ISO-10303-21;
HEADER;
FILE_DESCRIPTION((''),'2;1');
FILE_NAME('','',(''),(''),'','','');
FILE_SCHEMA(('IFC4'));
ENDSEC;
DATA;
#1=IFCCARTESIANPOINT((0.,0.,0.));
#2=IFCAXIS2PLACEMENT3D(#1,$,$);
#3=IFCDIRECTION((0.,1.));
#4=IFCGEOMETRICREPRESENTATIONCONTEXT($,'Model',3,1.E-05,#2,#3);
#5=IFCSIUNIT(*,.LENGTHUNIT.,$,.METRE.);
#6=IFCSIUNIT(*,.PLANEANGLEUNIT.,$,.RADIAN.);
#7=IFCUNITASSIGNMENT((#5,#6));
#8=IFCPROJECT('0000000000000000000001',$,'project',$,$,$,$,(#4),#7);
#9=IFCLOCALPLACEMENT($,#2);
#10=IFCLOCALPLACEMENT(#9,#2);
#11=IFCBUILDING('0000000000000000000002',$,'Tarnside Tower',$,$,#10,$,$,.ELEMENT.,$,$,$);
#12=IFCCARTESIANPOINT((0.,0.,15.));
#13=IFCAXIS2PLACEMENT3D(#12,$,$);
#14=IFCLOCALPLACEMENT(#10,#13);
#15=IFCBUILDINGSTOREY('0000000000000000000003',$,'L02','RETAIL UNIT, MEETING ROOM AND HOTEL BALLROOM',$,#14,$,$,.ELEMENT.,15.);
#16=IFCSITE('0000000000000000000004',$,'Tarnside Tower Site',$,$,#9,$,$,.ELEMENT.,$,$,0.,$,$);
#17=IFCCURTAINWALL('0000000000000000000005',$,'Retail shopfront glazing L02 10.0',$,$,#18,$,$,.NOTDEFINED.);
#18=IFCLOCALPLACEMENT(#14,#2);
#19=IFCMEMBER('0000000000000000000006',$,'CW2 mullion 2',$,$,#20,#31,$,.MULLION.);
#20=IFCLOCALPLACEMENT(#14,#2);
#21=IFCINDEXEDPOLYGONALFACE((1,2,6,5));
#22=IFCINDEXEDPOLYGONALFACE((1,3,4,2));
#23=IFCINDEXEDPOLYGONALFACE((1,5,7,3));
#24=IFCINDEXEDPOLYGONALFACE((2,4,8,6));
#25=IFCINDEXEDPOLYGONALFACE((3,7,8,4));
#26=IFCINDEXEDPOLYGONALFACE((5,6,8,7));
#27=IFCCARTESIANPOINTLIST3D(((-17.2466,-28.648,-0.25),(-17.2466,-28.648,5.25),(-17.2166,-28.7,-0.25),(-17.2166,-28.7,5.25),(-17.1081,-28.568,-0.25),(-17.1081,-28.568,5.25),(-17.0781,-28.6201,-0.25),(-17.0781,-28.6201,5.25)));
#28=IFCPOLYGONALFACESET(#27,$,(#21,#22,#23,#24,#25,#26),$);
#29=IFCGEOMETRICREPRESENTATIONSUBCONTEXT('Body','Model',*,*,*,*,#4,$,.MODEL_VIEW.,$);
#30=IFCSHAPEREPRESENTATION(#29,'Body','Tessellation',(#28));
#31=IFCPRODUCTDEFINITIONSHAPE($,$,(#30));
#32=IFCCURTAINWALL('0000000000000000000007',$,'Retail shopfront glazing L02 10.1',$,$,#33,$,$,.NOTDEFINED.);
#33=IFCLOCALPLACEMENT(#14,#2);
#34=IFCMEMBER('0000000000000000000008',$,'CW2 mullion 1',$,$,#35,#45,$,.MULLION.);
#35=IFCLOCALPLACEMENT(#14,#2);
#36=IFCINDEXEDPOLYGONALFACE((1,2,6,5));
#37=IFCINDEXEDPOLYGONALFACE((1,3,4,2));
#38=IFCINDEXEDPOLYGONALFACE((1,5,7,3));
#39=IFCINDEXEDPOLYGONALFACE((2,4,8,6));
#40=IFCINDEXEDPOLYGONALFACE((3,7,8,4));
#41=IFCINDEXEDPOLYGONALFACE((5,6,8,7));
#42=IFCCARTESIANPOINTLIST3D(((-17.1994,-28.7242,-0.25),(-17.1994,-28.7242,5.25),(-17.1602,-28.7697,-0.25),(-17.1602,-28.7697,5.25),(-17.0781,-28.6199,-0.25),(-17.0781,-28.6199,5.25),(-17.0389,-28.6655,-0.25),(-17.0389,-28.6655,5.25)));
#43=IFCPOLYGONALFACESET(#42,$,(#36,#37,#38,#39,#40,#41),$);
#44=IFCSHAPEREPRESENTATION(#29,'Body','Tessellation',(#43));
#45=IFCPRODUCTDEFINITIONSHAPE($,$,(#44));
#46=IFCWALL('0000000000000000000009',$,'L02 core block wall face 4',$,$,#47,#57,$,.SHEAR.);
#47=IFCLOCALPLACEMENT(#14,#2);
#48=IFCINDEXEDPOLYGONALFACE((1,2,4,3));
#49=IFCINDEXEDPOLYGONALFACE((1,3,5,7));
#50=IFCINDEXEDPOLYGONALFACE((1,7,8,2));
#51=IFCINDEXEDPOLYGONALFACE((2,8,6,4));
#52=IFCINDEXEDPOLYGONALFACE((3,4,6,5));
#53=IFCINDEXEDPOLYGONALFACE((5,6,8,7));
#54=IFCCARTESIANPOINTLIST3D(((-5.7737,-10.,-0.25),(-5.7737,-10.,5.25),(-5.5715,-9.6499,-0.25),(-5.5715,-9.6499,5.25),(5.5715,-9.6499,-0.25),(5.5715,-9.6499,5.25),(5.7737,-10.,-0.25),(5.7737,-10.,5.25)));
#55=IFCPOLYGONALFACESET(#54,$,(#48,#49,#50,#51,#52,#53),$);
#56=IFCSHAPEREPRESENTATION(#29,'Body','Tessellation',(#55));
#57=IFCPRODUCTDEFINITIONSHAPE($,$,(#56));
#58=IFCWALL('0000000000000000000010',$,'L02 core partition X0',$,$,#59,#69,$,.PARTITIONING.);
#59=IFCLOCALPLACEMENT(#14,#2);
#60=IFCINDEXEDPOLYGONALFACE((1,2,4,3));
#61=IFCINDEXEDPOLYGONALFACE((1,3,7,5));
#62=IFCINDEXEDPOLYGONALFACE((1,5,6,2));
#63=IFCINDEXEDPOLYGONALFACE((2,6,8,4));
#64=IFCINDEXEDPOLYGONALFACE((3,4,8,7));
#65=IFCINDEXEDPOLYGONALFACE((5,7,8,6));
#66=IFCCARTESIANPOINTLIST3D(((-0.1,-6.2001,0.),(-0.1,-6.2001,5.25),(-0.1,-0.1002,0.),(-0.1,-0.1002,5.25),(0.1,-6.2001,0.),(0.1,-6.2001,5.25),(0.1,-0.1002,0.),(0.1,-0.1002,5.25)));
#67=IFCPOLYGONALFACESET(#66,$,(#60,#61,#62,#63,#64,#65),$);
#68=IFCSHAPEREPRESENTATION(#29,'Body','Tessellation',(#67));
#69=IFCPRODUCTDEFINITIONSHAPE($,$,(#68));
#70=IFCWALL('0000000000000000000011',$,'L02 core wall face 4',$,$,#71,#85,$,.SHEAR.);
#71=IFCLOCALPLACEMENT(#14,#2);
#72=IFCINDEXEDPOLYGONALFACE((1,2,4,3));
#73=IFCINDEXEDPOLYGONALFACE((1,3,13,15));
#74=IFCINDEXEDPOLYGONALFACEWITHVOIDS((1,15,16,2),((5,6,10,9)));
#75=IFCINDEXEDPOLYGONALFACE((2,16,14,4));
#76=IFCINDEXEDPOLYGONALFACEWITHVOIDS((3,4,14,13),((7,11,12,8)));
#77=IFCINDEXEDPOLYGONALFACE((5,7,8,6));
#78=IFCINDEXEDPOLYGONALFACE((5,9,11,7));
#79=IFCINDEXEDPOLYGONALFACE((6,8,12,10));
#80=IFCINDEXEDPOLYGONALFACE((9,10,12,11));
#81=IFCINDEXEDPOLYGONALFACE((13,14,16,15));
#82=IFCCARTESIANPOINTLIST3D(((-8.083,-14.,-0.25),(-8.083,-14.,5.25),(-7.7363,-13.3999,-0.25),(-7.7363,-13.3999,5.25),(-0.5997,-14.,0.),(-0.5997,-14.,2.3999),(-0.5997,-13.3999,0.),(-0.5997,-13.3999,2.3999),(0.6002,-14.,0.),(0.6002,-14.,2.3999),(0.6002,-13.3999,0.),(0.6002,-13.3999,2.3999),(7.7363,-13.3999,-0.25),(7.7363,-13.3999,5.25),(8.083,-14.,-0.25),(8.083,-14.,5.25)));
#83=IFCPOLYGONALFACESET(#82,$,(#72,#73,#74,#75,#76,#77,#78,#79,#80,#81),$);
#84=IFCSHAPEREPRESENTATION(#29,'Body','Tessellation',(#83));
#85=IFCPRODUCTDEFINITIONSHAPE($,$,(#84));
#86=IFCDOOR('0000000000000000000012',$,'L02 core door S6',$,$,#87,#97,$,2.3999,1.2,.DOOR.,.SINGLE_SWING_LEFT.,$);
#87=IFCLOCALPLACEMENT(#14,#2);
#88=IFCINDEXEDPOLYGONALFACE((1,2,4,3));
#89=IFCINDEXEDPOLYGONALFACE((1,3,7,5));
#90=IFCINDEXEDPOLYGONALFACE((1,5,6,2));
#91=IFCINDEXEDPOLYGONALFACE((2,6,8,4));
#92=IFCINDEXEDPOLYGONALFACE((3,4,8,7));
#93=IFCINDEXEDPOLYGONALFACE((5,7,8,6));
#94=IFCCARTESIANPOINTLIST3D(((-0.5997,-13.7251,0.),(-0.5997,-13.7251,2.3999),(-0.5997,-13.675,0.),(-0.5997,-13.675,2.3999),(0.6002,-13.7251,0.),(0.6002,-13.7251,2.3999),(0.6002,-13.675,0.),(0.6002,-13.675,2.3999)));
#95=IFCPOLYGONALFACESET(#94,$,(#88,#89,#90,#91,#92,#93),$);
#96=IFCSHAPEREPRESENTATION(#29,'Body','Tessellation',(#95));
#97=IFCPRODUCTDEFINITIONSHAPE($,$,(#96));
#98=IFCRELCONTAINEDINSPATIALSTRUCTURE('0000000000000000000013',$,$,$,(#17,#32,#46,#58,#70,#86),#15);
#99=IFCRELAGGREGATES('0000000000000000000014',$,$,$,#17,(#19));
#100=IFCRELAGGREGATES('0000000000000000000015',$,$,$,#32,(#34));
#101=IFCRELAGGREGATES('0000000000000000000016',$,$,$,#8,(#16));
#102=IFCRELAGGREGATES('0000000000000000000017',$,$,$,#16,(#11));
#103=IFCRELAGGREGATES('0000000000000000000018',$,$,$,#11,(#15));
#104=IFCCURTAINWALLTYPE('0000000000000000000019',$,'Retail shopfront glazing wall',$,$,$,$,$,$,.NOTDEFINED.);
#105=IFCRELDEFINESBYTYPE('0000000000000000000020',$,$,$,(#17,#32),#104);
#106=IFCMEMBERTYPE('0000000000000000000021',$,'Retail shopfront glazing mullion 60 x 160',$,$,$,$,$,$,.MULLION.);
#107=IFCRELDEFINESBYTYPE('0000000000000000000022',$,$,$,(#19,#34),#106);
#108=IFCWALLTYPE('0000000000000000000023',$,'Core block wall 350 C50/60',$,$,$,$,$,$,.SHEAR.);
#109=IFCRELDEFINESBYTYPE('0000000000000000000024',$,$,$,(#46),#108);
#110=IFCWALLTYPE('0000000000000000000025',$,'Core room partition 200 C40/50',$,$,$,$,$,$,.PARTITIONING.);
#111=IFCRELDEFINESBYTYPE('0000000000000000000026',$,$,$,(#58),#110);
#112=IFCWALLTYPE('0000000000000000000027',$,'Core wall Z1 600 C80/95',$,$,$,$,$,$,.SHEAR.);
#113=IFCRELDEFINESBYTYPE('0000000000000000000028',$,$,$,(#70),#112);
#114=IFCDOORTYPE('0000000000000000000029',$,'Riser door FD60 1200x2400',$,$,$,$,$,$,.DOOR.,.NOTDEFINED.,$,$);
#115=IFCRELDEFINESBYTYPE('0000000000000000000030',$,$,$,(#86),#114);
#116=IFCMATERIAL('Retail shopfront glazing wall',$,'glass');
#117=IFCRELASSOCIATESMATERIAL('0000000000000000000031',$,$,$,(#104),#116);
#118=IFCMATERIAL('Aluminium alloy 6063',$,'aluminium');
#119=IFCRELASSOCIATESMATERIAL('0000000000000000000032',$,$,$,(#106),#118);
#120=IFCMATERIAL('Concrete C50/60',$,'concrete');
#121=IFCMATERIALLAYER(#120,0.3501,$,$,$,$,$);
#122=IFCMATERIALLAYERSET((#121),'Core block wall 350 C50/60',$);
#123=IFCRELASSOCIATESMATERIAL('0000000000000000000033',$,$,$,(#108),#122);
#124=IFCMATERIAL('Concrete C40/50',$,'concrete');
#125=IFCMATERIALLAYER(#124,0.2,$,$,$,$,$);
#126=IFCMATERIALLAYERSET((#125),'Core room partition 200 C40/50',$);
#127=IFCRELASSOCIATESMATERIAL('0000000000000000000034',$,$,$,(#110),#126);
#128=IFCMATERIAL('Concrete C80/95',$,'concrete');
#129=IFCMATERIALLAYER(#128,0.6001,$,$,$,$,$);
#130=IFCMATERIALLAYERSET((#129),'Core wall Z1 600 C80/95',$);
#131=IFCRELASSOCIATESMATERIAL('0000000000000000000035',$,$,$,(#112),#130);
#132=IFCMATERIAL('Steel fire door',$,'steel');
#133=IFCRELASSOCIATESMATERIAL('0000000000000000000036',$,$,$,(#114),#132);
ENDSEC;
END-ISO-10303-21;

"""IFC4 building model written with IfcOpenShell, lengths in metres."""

from ifc_helpers import new_model, si_unit, direction, frame, frame_2d, origin, origin_2d, place, context, subcontext, project, spatial, polyline, rectangle, outline, extrude, material, layer, layer_set, material_profile, profile_set, type_object, element, fill, aggregate, save


model = new_model("IFC4")

# Units and contexts
model_context = context("Model", 3, precision=1e-05, world=origin(), true_north=direction((0.0, 1.0)))
body_context = subcontext(model_context, "Body", "Model", "MODEL_VIEW")
ifc_project = project(units=[si_unit("LENGTHUNIT", "METRE"), si_unit("PLANEANGLEUNIT", "RADIAN")], contexts=[model_context])

# Site, building, storey
site_placement = place(None, origin())
site = spatial("IfcSite", under=ifc_project, at=site_placement, Name="Tarnside Tower Site", CompositionType="ELEMENT", RefElevation=0.0)
building_placement = place(site_placement, origin())
building = spatial("IfcBuilding", under=site, at=building_placement, Name="Tarnside Tower", CompositionType="ELEMENT")
storey_placement = place(building_placement, frame((0.0, 0.0, 15.0)))
storey = spatial("IfcBuildingStorey", under=building, at=storey_placement, Name="L02", Description="RETAIL UNIT, MEETING ROOM AND HOTEL BALLROOM", CompositionType="ELEMENT", Elevation=15.0)

# Curtain walls, members
ifc_material_1 = material(Name="Retail shopfront glazing wall", Category="glass")
curtain_wall_type = type_object("IfcCurtainWallType", Name="Retail shopfront glazing wall", PredefinedType="NOTDEFINED", material=ifc_material_1)
curtain_wall_1_placement = place(storey_placement, origin())
curtain_wall_1 = element("IfcCurtainWall", 1, at=curtain_wall_1_placement, inside=storey, type_object=curtain_wall_type, Name="Retail shopfront glazing L02 10.0", PredefinedType="NOTDEFINED")
ifc_material_2 = material(Name="Aluminium alloy 6063", Category="aluminium")
ifc_material_profile = material_profile(ifc_material_2, rectangle(XDim=0.1599, YDim=0.0601, at=origin_2d()), Name="Retail shopfront glazing mullion 60 x 160")
ifc_profile_set = profile_set([ifc_material_profile], Name="Aluminium alloy 6063")
member_type = type_object("IfcMemberType", Name="Retail shopfront glazing mullion 60 x 160", PredefinedType="MULLION", material=ifc_profile_set)
member_1_placement = place(storey_placement, frame((-17.1624, -28.634, -0.25), z_axis=(0.0, 0.0, 1.0), x_axis=(0.866025, 0.5, 0.0)))
member_1 = element("IfcMember", 2, at=member_1_placement, type_object=member_type, Name="CW2 mullion 2", PredefinedType="MULLION", context=body_context, shape_type="SweptSolid", body=[
    extrude(rectangle(XDim=0.1599, YDim=0.0601, at=origin_2d()), origin(), (0.0, 0.0, 1.0), 5.5),
])
aggregate(curtain_wall_1, [member_1])
curtain_wall_2_placement = place(storey_placement, origin())
curtain_wall_2 = element("IfcCurtainWall", 3, at=curtain_wall_2_placement, inside=storey, type_object=curtain_wall_type, Name="Retail shopfront glazing L02 10.1", PredefinedType="NOTDEFINED")
member_2_placement = place(storey_placement, frame((-17.1191, -28.6948, -0.25), z_axis=(0.0, 0.0, 1.0), x_axis=(0.758514, 0.651657, 0.0)))
member_2 = element("IfcMember", 4, at=member_2_placement, type_object=member_type, Name="CW2 mullion 1", PredefinedType="MULLION", context=body_context, shape_type="SweptSolid", body=[
    extrude(rectangle(XDim=0.1599, YDim=0.0601, at=origin_2d()), origin(), (0.0, 0.0, 1.0), 5.5),
])
aggregate(curtain_wall_2, [member_2])

# Walls
ifc_material_3 = material(Name="Concrete C50/60", Category="concrete")
ifc_layer_1 = layer(ifc_material_3, 0.3501)
ifc_layer_set_1 = layer_set([ifc_layer_1], Name="Core block wall 350 C50/60")
wall_type_1 = type_object("IfcWallType", Name="Core block wall 350 C50/60", PredefinedType="SHEAR", material=ifc_layer_set_1)
wall_1_placement = place(storey_placement, frame((-5.6726, -9.825, -0.25), z_axis=(0.0, 0.0, 1.0), x_axis=(1.0, 0.0, 0.0)))
element("IfcWall", 5, at=wall_1_placement, inside=storey, type_object=wall_type_1, Name="L02 core block wall face 4", PredefinedType="SHEAR", context=body_context, shape_type="SweptSolid", body=[
    extrude(outline(polyline([(-0.1011, -0.175), (11.4463, -0.175), (11.2441, 0.175), (0.1011, 0.175), (-0.1011, -0.175)])), origin(), (0.0, 0.0, 1.0), 5.5),
])
ifc_material_4 = material(Name="Concrete C40/50", Category="concrete")
ifc_layer_2 = layer(ifc_material_4, 0.2)
ifc_layer_set_2 = layer_set([ifc_layer_2], Name="Core room partition 200 C40/50")
wall_type_2 = type_object("IfcWallType", Name="Core room partition 200 C40/50", PredefinedType="PARTITIONING", material=ifc_layer_set_2)
wall_2_placement = place(storey_placement, frame((0.0, -6.2, 0.0), z_axis=(0.0, 0.0, 1.0), x_axis=(0.0, 1.0, 0.0)))
element("IfcWall", 6, at=wall_2_placement, inside=storey, type_object=wall_type_2, Name="L02 core partition X0", PredefinedType="PARTITIONING", context=body_context, shape_type="SweptSolid", body=[
    extrude(rectangle(XDim=6.0999, YDim=0.2, at=frame_2d((3.0498, 0.0))), origin(), (0.0, 0.0, 1.0), 5.25),
])

# Wall, opening, door
ifc_material_5 = material(Name="Concrete C80/95", Category="concrete")
ifc_layer_3 = layer(ifc_material_5, 0.6001)
ifc_layer_set_3 = layer_set([ifc_layer_3], Name="Core wall Z1 600 C80/95")
wall_type_3 = type_object("IfcWallType", Name="Core wall Z1 600 C80/95", PredefinedType="SHEAR", material=ifc_layer_set_3)
wall_3_placement = place(storey_placement, frame((-7.9097, -13.7, -0.25), z_axis=(0.0, 0.0, 1.0), x_axis=(1.0, 0.0, 0.0)))
wall_3 = element("IfcWall", 7, at=wall_3_placement, inside=storey, type_object=wall_type_3, Name="L02 core wall face 4", PredefinedType="SHEAR", context=body_context, shape_type="SweptSolid", body=[
    extrude(outline(polyline([(-0.1733, -0.3), (15.9927, -0.3), (15.646, 0.3), (0.1733, 0.3), (-0.1733, -0.3)])), origin(), (0.0, 0.0, 1.0), 5.5),
])
opening_1_placement = place(wall_3_placement, frame((7.3098, 0.0, 0.25)))
opening_1 = element("IfcOpeningElement", 8, at=opening_1_placement, cuts=wall_3, PredefinedType="OPENING", context=body_context, shape_type="SweptSolid", body=[
    extrude(rectangle(XDim=1.2, YDim=2.3999, at=frame_2d((0.6001, 1.2))), frame((0.0, 0.3101, 0.0), z_axis=(0.0, -1.0, 0.0), x_axis=(1.0, 0.0, 0.0)), (0.0, 0.0, 1.0), 0.6201),
])
ifc_material_6 = material(Name="Steel fire door", Category="steel")
door_type_1 = type_object("IfcDoorType", Name="Riser door FD60 1200x2400", OperationType="NOTDEFINED", PredefinedType="DOOR", material=ifc_material_6)
door_1_placement = place(opening_1_placement, origin())
door_1 = element("IfcDoor", 9, at=door_1_placement, inside=storey, type_object=door_type_1, Name="L02 core door S6", OperationType="SINGLE_SWING_LEFT", OverallHeight=2.3999, OverallWidth=1.2, PredefinedType="DOOR", context=body_context, shape_type="SweptSolid", body=[
    extrude(rectangle(XDim=1.2, YDim=2.3999, at=frame_2d((0.6001, 1.2))), frame((0.0, 0.0249, 0.0), z_axis=(0.0, -1.0, 0.0), x_axis=(1.0, 0.0, 0.0)), (0.0, 0.0, 1.0), 0.05),
])
fill(opening_1, door_1)

save(model, "model.ifc")
